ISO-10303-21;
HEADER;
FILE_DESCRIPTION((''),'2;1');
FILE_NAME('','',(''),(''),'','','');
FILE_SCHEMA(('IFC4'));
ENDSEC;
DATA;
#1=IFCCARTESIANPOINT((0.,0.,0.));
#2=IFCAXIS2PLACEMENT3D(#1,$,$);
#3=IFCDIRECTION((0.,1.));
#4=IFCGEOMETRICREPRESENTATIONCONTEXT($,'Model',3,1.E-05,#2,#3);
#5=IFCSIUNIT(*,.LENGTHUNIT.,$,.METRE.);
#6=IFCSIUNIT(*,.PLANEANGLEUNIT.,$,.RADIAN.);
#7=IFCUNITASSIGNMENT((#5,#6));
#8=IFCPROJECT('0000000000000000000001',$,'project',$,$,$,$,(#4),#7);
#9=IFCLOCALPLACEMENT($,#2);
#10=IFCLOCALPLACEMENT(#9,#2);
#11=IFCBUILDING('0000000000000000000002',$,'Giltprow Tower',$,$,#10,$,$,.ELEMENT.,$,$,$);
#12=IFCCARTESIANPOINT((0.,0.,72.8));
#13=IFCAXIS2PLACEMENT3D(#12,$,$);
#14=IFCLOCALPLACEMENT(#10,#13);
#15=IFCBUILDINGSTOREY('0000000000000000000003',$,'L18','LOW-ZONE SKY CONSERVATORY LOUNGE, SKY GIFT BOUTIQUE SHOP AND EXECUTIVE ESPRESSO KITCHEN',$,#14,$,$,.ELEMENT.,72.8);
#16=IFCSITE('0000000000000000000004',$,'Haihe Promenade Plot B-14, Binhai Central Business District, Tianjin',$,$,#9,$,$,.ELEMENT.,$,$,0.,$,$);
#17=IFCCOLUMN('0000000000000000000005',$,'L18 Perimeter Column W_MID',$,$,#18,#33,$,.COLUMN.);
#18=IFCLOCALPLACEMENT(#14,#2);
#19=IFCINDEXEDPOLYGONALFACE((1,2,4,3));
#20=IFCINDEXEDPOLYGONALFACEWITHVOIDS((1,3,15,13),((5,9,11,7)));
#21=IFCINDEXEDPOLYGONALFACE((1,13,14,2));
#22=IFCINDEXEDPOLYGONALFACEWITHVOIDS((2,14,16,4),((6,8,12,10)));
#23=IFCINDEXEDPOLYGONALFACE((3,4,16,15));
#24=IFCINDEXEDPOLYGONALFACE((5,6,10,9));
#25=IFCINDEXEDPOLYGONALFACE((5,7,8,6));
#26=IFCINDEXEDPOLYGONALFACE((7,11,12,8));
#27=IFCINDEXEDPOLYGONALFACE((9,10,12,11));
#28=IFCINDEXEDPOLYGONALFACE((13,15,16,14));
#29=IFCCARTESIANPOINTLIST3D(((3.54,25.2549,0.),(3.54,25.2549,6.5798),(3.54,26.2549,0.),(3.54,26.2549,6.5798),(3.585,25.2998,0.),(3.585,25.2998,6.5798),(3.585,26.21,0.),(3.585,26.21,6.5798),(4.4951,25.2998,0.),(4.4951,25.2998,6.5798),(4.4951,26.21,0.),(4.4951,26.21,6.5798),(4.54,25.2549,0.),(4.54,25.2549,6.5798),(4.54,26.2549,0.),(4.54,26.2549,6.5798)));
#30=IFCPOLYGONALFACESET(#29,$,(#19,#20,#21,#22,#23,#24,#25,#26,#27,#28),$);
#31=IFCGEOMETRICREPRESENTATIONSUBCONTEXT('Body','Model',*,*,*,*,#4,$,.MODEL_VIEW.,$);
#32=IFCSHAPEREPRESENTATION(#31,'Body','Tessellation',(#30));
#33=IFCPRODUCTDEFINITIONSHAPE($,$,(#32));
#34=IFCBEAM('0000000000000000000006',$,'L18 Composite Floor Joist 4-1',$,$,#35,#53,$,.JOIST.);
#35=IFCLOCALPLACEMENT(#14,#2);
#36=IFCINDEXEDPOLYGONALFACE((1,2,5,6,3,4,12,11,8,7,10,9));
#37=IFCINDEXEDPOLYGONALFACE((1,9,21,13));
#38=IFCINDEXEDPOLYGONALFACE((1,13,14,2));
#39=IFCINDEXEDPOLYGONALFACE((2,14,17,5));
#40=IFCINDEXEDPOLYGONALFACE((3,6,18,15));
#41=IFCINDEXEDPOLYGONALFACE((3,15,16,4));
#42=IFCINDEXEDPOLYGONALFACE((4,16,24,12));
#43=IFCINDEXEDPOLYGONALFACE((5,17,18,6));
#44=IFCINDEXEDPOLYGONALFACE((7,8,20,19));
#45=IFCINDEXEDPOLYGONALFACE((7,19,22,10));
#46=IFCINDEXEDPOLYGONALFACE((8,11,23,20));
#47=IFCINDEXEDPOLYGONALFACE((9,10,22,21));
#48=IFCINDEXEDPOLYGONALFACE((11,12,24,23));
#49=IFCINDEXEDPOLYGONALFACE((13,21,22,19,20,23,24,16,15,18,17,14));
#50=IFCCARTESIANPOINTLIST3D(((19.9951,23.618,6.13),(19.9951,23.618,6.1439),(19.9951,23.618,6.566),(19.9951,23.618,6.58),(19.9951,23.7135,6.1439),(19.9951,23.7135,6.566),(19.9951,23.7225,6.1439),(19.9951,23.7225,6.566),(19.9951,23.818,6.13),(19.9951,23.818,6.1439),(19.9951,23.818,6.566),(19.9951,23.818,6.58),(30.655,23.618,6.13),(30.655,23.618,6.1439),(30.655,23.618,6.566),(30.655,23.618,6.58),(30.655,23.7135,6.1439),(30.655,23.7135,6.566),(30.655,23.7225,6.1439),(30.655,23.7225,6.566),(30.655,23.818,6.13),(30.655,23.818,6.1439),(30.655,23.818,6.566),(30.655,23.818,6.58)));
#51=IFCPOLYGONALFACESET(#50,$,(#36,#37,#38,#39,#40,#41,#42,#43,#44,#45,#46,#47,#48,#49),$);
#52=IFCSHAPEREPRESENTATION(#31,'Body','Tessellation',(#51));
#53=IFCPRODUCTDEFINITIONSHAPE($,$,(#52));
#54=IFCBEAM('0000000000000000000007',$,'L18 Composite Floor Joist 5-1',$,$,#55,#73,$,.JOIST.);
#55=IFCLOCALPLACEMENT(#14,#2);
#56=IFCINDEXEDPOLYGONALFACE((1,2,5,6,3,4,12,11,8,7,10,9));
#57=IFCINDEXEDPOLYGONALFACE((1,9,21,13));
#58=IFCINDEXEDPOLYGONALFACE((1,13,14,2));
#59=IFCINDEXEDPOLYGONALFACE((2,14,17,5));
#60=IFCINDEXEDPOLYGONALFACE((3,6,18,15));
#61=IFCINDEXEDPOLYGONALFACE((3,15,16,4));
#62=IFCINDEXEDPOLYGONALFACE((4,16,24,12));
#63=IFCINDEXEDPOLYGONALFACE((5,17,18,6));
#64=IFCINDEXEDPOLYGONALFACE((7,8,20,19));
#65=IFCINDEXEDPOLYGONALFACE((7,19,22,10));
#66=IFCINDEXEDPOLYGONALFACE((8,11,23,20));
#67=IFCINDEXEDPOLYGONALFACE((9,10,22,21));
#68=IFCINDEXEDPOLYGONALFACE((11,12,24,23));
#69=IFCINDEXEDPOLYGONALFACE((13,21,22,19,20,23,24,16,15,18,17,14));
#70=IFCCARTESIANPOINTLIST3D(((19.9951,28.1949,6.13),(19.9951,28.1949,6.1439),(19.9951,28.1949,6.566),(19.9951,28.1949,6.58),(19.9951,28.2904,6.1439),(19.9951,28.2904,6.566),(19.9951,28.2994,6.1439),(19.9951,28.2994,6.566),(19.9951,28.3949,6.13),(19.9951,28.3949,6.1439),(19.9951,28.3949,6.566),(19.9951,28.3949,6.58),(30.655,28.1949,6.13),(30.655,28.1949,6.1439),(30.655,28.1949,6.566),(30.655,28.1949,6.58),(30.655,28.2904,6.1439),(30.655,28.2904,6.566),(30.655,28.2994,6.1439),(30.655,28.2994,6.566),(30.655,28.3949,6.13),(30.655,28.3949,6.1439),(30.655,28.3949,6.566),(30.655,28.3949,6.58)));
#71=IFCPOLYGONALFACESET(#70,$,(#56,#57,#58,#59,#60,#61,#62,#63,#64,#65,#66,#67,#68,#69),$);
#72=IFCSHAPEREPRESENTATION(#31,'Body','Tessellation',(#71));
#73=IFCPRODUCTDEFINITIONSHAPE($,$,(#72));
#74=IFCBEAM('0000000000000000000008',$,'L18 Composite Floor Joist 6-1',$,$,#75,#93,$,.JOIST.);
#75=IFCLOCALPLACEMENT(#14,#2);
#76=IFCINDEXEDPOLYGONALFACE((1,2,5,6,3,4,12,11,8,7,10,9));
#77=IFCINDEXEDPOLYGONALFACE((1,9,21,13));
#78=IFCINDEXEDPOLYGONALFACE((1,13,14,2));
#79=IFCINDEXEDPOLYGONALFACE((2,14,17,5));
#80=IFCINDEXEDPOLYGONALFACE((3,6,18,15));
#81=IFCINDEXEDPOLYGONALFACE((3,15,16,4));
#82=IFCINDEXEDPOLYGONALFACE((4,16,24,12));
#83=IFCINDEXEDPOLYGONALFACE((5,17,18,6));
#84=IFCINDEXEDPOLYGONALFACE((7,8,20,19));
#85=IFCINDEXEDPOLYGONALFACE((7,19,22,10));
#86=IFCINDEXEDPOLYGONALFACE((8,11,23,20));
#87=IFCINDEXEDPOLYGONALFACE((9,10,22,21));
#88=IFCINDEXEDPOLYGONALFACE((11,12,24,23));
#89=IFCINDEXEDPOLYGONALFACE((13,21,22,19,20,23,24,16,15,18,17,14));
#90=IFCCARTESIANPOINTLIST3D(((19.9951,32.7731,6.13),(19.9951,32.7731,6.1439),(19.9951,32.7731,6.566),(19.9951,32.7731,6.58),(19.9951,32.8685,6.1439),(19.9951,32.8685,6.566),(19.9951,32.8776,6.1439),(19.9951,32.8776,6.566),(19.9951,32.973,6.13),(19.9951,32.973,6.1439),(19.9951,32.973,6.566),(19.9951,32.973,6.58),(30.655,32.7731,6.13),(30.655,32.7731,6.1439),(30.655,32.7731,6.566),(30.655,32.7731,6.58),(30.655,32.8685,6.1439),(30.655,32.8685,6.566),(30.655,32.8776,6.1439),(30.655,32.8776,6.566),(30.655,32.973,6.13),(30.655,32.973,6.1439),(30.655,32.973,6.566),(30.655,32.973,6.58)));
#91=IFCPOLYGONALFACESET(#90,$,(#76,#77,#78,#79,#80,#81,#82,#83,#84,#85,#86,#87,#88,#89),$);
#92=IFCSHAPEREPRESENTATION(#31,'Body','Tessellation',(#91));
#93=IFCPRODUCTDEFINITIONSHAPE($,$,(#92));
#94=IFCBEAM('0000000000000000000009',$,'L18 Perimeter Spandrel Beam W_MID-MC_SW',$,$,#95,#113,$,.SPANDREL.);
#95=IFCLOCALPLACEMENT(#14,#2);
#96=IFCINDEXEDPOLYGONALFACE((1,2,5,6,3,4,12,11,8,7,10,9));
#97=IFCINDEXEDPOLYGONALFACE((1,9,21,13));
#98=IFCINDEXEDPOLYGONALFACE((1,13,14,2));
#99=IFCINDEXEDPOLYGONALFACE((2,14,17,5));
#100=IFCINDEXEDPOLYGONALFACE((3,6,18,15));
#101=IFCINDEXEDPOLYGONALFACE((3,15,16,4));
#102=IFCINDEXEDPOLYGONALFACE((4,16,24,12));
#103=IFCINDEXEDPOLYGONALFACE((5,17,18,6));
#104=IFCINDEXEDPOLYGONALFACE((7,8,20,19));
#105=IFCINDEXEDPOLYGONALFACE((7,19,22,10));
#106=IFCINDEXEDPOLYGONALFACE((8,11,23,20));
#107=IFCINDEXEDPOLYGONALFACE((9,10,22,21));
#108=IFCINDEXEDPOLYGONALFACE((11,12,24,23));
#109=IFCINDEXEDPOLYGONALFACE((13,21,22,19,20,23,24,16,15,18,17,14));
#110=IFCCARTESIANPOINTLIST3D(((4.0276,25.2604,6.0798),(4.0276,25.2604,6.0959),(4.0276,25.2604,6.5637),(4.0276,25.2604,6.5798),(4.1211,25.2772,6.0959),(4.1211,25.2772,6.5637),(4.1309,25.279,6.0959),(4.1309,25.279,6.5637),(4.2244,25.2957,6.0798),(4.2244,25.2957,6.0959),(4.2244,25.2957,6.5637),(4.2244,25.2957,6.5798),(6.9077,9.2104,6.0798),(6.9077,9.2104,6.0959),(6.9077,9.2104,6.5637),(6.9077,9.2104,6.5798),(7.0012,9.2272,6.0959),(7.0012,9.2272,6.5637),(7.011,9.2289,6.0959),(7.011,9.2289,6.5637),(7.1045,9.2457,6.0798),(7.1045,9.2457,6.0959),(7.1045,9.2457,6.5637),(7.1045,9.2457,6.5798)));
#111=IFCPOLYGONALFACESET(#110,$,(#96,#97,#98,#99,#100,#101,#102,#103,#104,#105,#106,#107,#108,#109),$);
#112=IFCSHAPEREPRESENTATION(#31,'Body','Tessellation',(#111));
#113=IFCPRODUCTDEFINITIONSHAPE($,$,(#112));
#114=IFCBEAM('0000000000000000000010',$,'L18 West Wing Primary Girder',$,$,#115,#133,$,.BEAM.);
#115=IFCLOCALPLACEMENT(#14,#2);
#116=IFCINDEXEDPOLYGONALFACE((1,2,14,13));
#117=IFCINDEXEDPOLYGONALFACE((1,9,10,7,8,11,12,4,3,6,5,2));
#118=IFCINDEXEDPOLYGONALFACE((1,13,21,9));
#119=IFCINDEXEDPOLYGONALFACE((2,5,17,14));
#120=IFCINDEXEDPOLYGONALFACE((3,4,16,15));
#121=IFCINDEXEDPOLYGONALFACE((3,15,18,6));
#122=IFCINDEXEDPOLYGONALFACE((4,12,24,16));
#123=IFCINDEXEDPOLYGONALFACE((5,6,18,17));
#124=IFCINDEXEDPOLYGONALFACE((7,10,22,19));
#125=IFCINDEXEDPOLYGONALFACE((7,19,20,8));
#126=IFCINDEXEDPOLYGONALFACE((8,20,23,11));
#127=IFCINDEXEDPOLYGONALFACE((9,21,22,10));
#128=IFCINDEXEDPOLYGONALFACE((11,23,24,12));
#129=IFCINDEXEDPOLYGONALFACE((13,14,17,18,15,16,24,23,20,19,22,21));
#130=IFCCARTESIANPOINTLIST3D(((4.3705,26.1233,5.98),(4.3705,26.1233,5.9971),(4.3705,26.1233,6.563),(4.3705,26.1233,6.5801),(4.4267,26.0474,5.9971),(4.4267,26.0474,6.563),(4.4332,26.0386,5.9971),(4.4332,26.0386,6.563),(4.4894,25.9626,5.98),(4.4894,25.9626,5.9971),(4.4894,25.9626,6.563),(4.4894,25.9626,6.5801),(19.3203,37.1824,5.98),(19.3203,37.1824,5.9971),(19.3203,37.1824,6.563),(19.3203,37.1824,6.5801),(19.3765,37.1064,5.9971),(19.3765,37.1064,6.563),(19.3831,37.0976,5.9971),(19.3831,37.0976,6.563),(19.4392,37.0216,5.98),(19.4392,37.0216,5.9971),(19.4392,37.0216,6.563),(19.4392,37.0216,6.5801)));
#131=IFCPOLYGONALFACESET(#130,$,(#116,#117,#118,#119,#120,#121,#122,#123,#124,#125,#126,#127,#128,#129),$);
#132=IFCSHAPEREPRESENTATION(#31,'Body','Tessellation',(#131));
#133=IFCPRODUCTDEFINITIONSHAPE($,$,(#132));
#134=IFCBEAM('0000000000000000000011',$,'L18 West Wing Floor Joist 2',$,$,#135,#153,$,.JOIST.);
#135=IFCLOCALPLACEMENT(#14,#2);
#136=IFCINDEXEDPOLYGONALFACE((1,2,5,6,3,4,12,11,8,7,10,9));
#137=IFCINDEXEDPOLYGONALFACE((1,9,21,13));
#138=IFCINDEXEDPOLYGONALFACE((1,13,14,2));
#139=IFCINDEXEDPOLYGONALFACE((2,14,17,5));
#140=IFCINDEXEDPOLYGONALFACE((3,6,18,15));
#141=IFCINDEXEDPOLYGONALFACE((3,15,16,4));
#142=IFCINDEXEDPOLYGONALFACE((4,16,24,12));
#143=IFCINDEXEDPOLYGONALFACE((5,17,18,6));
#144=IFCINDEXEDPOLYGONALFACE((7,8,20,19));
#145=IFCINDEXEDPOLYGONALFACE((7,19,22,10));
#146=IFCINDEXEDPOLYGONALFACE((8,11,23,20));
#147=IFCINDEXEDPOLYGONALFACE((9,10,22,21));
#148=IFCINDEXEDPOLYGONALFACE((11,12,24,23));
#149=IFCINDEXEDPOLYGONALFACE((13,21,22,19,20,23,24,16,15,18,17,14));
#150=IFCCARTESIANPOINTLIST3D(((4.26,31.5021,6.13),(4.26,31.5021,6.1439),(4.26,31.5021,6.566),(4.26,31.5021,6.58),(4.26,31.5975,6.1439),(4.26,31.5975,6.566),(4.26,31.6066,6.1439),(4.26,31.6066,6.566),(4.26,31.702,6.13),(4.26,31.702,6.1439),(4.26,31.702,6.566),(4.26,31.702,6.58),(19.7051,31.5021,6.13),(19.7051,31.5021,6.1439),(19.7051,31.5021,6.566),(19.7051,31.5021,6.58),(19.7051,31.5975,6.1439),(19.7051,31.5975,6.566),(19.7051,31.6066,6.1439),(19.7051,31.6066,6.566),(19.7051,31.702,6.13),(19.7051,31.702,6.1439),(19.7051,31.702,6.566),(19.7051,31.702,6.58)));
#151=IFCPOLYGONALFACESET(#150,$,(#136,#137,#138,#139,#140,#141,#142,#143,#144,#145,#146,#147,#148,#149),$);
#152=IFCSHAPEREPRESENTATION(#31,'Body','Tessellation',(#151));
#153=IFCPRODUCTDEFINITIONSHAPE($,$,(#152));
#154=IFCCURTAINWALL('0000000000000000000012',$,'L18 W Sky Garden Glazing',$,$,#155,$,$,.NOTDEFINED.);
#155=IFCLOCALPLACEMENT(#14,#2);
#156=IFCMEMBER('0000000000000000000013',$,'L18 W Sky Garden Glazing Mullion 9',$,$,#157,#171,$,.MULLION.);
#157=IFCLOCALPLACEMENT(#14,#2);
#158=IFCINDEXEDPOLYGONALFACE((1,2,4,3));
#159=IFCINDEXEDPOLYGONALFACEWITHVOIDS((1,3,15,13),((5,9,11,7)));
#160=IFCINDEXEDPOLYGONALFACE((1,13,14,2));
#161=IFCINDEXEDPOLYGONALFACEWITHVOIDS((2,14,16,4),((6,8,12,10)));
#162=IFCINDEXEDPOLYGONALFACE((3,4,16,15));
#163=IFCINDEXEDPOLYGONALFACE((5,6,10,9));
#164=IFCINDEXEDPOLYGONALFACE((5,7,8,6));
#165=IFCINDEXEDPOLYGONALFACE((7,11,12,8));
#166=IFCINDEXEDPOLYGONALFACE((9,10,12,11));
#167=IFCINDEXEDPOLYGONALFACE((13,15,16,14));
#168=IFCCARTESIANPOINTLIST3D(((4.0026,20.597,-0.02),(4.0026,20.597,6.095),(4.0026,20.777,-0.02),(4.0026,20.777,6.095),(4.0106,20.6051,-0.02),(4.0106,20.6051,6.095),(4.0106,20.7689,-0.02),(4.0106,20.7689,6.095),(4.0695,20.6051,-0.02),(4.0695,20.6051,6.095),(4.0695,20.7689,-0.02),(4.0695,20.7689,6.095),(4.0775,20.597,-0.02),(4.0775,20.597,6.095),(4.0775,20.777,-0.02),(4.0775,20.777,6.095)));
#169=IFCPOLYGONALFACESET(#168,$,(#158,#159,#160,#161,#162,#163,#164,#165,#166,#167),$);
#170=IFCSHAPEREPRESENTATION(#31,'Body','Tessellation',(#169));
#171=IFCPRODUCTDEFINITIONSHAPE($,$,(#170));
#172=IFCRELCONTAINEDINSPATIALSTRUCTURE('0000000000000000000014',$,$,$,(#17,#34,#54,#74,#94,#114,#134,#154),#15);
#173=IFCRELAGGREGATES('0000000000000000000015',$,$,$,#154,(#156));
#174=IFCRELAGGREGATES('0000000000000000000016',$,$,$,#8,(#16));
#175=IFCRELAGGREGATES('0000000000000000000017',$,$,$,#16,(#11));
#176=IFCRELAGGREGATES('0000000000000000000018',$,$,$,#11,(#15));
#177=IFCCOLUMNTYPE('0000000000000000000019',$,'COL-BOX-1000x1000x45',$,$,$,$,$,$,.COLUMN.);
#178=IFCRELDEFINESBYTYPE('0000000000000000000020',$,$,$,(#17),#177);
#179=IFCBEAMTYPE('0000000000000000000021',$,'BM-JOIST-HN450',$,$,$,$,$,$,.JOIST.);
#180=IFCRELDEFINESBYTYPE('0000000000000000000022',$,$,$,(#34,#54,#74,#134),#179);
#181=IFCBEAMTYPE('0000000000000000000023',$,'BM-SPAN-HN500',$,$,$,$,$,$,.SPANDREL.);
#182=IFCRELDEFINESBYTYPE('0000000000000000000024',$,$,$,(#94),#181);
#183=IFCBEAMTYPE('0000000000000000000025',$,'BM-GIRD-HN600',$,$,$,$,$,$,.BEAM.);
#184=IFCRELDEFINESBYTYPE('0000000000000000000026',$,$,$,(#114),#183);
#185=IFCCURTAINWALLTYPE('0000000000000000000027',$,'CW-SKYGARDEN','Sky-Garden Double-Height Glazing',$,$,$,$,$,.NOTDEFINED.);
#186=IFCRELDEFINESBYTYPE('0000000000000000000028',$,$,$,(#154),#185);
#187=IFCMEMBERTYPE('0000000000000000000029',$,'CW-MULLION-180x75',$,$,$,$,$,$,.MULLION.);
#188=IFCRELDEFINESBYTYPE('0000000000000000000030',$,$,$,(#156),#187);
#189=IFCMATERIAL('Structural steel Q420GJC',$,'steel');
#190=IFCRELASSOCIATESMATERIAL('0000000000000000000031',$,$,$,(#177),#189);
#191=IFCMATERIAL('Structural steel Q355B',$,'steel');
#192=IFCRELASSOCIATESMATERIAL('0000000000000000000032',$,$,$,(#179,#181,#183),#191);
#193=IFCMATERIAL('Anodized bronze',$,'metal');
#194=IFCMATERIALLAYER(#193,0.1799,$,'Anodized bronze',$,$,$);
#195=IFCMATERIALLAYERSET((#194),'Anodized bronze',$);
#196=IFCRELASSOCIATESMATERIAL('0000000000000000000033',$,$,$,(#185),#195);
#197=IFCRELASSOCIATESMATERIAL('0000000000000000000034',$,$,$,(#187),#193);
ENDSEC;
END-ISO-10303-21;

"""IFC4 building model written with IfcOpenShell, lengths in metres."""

from ifc_helpers import new_model, si_unit, direction, frame, origin, origin_2d, place, context, subcontext, project, spatial, hollow_rectangle, i_section, extrude, source, transform, mapped, material, layer, layer_set, material_profile, profile_set, type_object, element, aggregate, save


model = new_model("IFC4")

# Units and contexts
model_context = context("Model", 3, precision=1e-05, world=origin(), true_north=direction((0.0, 1.0)))
body_context = subcontext(model_context, "Body", "Model", "MODEL_VIEW")
ifc_project = project(units=[si_unit("LENGTHUNIT", "METRE"), si_unit("PLANEANGLEUNIT", "RADIAN")], contexts=[model_context])

# Site, building, storey
site_placement = place(None, origin())
site = spatial("IfcSite", under=ifc_project, at=site_placement, Name="Haihe Promenade Plot B-14, Binhai Central Business District, Tianjin", CompositionType="ELEMENT", RefElevation=0.0)
building_placement = place(site_placement, origin())
building = spatial("IfcBuilding", under=site, at=building_placement, Name="Giltprow Tower", CompositionType="ELEMENT")
storey_placement = place(building_placement, frame((0.0, 0.0, 72.8)))
storey = spatial("IfcBuildingStorey", under=building, at=storey_placement, Name="L18", Description="LOW-ZONE SKY CONSERVATORY LOUNGE, SKY GIFT BOUTIQUE SHOP AND EXECUTIVE ESPRESSO KITCHEN", CompositionType="ELEMENT", Elevation=72.8)

# Column
ifc_material_1 = material(Name="Structural steel Q420GJC", Category="steel")
ifc_material_profile_1 = material_profile(ifc_material_1, hollow_rectangle(XDim=1.0, YDim=1.0, WallThickness=0.0449, at=origin_2d()), Name="BOX 1000x1000x45")
ifc_profile_set_1 = profile_set([ifc_material_profile_1], Name="Structural steel Q420GJC")
column_type = type_object("IfcColumnType", Name="COL-BOX-1000x1000x45", PredefinedType="COLUMN", material=ifc_profile_set_1)
shared_shape_1 = source(origin(), body_context, "Body", "SweptSolid", [
    extrude(hollow_rectangle(XDim=1.0, YDim=1.0, WallThickness=0.0449, at=origin_2d()), origin(), (0.0, 0.0, 1.0), 6.5798),
])
column_placement = place(storey_placement, frame((4.04, 25.7549, 0.0), z_axis=(0.0, 0.0, 1.0), x_axis=(1.0, 0.0, 0.0)))
element("IfcColumn", 1, at=column_placement, inside=storey, type_object=column_type, Name="L18 Perimeter Column W_MID", PredefinedType="COLUMN", context=body_context, shape_type="MappedRepresentation", body=[
    mapped(shared_shape_1, transform((0.0, 0.0, 0.0), x_axis=(1.0, 0.0, 0.0), y_axis=(0.0, 1.0, 0.0), z_axis=(0.0, 0.0, 1.0), scale=1.0)),
])

# Beams
ifc_material_2 = material(Name="Structural steel Q355B", Category="steel")
ifc_material_profile_2 = material_profile(ifc_material_2, i_section(OverallWidth=0.2, OverallDepth=0.45, WebThickness=0.009, FlangeThickness=0.0139, at=origin_2d()), Name="HN 450x200x9x14")
ifc_profile_set_2 = profile_set([ifc_material_profile_2], Name="Structural steel Q355B")
beam_type_1 = type_object("IfcBeamType", Name="BM-JOIST-HN450", PredefinedType="JOIST", material=ifc_profile_set_2)
shared_shape_2 = source(origin(), body_context, "Body", "SweptSolid", [
    extrude(i_section(OverallWidth=0.2, OverallDepth=0.45, WebThickness=0.009, FlangeThickness=0.0139, at=origin_2d()), origin(), (0.0, 0.0, 1.0), 10.6599),
])
for number, where, z_axis, x_axis, name in (
    (2, (19.9951, 23.718, 6.355), (1.0, 0.0, 0.0), (0.0, 1.0, 0.0), "L18 Composite Floor Joist 4-1"),
    (3, (19.9951, 28.2949, 6.355), (1.0, 0.0, 0.0), (0.0, 1.0, 0.0), "L18 Composite Floor Joist 5-1"),
    (4, (19.9951, 32.873, 6.355), (1.0, 0.0, 0.0), (0.0, 1.0, 0.0), "L18 Composite Floor Joist 6-1"),
):
    element("IfcBeam", number, at=place(storey_placement, frame(where, z_axis=z_axis, x_axis=x_axis)), inside=storey, type_object=beam_type_1, Name=name, PredefinedType="JOIST", context=body_context, shape_type="MappedRepresentation", body=[
        mapped(shared_shape_2, transform((0.0, 0.0, 0.0), x_axis=(1.0, 0.0, 0.0), y_axis=(0.0, 1.0, 0.0), z_axis=(0.0, 0.0, 1.0), scale=1.0)),
    ])
ifc_material_profile_3 = material_profile(ifc_material_2, i_section(OverallWidth=0.2, OverallDepth=0.5, WebThickness=0.01, FlangeThickness=0.0161, at=origin_2d()), Name="HN 500x200x10x16")
ifc_profile_set_3 = profile_set([ifc_material_profile_3], Name="Structural steel Q355B")
beam_type_2 = type_object("IfcBeamType", Name="BM-SPAN-HN500", PredefinedType="SPANDREL", material=ifc_profile_set_3)
shared_shape_3 = source(origin(), body_context, "Body", "SweptSolid", [
    extrude(i_section(OverallWidth=0.2, OverallDepth=0.5, WebThickness=0.01, FlangeThickness=0.0161, at=origin_2d()), origin(), (0.0, 0.0, 1.0), 16.3064),
])
beam_1_placement = place(storey_placement, frame((4.126, 25.2781, 6.3298), z_axis=(0.176625, -0.984278, 0.0), x_axis=(0.984278, 0.176625, 0.0)))
element("IfcBeam", 5, at=beam_1_placement, inside=storey, type_object=beam_type_2, Name="L18 Perimeter Spandrel Beam W_MID-MC_SW", PredefinedType="SPANDREL", context=body_context, shape_type="MappedRepresentation", body=[
    mapped(shared_shape_3, transform((0.0, 0.0, 0.0), x_axis=(1.0, 0.0, 0.0), y_axis=(0.0, 1.0, 0.0), z_axis=(0.0, 0.0, 1.0), scale=1.0)),
])
ifc_material_profile_4 = material_profile(ifc_material_2, i_section(OverallWidth=0.2, OverallDepth=0.6001, WebThickness=0.011, FlangeThickness=0.0171, at=origin_2d()), Name="HN 600x200x11x17")
ifc_profile_set_4 = profile_set([ifc_material_profile_4], Name="Structural steel Q355B")
beam_type_3 = type_object("IfcBeamType", Name="BM-GIRD-HN600", PredefinedType="BEAM", material=ifc_profile_set_4)
shared_shape_4 = source(origin(), body_context, "Body", "SweptSolid", [
    extrude(i_section(OverallWidth=0.2, OverallDepth=0.6001, WebThickness=0.011, FlangeThickness=0.0171, at=origin_2d()), origin(), (0.0, 0.0, 1.0), 18.5957),
])
beam_2_placement = place(storey_placement, frame((4.4299, 26.043, 6.28), z_axis=(0.803942, 0.594708, 0.0), x_axis=(-0.594708, 0.803942, 0.0)))
element("IfcBeam", 6, at=beam_2_placement, inside=storey, type_object=beam_type_3, Name="L18 West Wing Primary Girder", PredefinedType="BEAM", context=body_context, shape_type="MappedRepresentation", body=[
    mapped(shared_shape_4, transform((0.0, 0.0, 0.0), x_axis=(1.0, 0.0, 0.0), y_axis=(0.0, 1.0, 0.0), z_axis=(0.0, 0.0, 1.0), scale=1.0)),
])
shared_shape_5 = source(origin(), body_context, "Body", "SweptSolid", [
    extrude(i_section(OverallWidth=0.2, OverallDepth=0.45, WebThickness=0.009, FlangeThickness=0.0139, at=origin_2d()), origin(), (0.0, 0.0, 1.0), 15.4451),
])
beam_3_placement = place(storey_placement, frame((4.26, 31.6021, 6.355), z_axis=(1.0, 0.0, 0.0), x_axis=(0.0, 1.0, 0.0)))
element("IfcBeam", 7, at=beam_3_placement, inside=storey, type_object=beam_type_1, Name="L18 West Wing Floor Joist 2", PredefinedType="JOIST", context=body_context, shape_type="MappedRepresentation", body=[
    mapped(shared_shape_5, transform((0.0, 0.0, 0.0), x_axis=(1.0, 0.0, 0.0), y_axis=(0.0, 1.0, 0.0), z_axis=(0.0, 0.0, 1.0), scale=1.0)),
])

# Curtain wall, member
ifc_material_3 = material(Name="Anodized bronze", Category="metal")
ifc_layer_1 = layer(ifc_material_3, 0.1799, Name="Anodized bronze")
ifc_layer_set_1 = layer_set([ifc_layer_1], Name="Anodized bronze")
curtain_wall_type = type_object("IfcCurtainWallType", Name="CW-SKYGARDEN", Description="Sky-Garden Double-Height Glazing", PredefinedType="NOTDEFINED", material=ifc_layer_set_1)
curtain_wall_placement = place(storey_placement, origin())
curtain_wall = element("IfcCurtainWall", 8, at=curtain_wall_placement, inside=storey, type_object=curtain_wall_type, Name="L18 W Sky Garden Glazing", PredefinedType="NOTDEFINED")
ifc_material_profile_5 = material_profile(ifc_material_3, hollow_rectangle(XDim=0.075, YDim=0.1799, WallThickness=0.0081, at=origin_2d()), Name="RHS 180x75x8")
ifc_profile_set_5 = profile_set([ifc_material_profile_5], Name="Anodized bronze")
member_type = type_object("IfcMemberType", Name="CW-MULLION-180x75", PredefinedType="MULLION", material=ifc_profile_set_5)
shared_shape_6 = source(origin(), body_context, "Body", "SweptSolid", [
    extrude(hollow_rectangle(XDim=0.075, YDim=0.1799, WallThickness=0.0081, at=origin_2d()), origin(), (0.0, 0.0, 1.0), 6.115),
])
member_1_placement = place(storey_placement, frame((4.04, 20.687, -0.02), z_axis=(0.0, 0.0, 1.0), x_axis=(1.0, 0.0, 0.0)))
member_1 = element("IfcMember", 9, at=member_1_placement, type_object=member_type, Name="L18 W Sky Garden Glazing Mullion 9", PredefinedType="MULLION", context=body_context, shape_type="MappedRepresentation", body=[
    mapped(shared_shape_6, transform((0.0, 0.0, 0.0), x_axis=(1.0, 0.0, 0.0), y_axis=(0.0, 1.0, 0.0), z_axis=(0.0, 0.0, 1.0), scale=1.0)),
])

aggregate(curtain_wall, [member_1])

save(model, "model.ifc")
